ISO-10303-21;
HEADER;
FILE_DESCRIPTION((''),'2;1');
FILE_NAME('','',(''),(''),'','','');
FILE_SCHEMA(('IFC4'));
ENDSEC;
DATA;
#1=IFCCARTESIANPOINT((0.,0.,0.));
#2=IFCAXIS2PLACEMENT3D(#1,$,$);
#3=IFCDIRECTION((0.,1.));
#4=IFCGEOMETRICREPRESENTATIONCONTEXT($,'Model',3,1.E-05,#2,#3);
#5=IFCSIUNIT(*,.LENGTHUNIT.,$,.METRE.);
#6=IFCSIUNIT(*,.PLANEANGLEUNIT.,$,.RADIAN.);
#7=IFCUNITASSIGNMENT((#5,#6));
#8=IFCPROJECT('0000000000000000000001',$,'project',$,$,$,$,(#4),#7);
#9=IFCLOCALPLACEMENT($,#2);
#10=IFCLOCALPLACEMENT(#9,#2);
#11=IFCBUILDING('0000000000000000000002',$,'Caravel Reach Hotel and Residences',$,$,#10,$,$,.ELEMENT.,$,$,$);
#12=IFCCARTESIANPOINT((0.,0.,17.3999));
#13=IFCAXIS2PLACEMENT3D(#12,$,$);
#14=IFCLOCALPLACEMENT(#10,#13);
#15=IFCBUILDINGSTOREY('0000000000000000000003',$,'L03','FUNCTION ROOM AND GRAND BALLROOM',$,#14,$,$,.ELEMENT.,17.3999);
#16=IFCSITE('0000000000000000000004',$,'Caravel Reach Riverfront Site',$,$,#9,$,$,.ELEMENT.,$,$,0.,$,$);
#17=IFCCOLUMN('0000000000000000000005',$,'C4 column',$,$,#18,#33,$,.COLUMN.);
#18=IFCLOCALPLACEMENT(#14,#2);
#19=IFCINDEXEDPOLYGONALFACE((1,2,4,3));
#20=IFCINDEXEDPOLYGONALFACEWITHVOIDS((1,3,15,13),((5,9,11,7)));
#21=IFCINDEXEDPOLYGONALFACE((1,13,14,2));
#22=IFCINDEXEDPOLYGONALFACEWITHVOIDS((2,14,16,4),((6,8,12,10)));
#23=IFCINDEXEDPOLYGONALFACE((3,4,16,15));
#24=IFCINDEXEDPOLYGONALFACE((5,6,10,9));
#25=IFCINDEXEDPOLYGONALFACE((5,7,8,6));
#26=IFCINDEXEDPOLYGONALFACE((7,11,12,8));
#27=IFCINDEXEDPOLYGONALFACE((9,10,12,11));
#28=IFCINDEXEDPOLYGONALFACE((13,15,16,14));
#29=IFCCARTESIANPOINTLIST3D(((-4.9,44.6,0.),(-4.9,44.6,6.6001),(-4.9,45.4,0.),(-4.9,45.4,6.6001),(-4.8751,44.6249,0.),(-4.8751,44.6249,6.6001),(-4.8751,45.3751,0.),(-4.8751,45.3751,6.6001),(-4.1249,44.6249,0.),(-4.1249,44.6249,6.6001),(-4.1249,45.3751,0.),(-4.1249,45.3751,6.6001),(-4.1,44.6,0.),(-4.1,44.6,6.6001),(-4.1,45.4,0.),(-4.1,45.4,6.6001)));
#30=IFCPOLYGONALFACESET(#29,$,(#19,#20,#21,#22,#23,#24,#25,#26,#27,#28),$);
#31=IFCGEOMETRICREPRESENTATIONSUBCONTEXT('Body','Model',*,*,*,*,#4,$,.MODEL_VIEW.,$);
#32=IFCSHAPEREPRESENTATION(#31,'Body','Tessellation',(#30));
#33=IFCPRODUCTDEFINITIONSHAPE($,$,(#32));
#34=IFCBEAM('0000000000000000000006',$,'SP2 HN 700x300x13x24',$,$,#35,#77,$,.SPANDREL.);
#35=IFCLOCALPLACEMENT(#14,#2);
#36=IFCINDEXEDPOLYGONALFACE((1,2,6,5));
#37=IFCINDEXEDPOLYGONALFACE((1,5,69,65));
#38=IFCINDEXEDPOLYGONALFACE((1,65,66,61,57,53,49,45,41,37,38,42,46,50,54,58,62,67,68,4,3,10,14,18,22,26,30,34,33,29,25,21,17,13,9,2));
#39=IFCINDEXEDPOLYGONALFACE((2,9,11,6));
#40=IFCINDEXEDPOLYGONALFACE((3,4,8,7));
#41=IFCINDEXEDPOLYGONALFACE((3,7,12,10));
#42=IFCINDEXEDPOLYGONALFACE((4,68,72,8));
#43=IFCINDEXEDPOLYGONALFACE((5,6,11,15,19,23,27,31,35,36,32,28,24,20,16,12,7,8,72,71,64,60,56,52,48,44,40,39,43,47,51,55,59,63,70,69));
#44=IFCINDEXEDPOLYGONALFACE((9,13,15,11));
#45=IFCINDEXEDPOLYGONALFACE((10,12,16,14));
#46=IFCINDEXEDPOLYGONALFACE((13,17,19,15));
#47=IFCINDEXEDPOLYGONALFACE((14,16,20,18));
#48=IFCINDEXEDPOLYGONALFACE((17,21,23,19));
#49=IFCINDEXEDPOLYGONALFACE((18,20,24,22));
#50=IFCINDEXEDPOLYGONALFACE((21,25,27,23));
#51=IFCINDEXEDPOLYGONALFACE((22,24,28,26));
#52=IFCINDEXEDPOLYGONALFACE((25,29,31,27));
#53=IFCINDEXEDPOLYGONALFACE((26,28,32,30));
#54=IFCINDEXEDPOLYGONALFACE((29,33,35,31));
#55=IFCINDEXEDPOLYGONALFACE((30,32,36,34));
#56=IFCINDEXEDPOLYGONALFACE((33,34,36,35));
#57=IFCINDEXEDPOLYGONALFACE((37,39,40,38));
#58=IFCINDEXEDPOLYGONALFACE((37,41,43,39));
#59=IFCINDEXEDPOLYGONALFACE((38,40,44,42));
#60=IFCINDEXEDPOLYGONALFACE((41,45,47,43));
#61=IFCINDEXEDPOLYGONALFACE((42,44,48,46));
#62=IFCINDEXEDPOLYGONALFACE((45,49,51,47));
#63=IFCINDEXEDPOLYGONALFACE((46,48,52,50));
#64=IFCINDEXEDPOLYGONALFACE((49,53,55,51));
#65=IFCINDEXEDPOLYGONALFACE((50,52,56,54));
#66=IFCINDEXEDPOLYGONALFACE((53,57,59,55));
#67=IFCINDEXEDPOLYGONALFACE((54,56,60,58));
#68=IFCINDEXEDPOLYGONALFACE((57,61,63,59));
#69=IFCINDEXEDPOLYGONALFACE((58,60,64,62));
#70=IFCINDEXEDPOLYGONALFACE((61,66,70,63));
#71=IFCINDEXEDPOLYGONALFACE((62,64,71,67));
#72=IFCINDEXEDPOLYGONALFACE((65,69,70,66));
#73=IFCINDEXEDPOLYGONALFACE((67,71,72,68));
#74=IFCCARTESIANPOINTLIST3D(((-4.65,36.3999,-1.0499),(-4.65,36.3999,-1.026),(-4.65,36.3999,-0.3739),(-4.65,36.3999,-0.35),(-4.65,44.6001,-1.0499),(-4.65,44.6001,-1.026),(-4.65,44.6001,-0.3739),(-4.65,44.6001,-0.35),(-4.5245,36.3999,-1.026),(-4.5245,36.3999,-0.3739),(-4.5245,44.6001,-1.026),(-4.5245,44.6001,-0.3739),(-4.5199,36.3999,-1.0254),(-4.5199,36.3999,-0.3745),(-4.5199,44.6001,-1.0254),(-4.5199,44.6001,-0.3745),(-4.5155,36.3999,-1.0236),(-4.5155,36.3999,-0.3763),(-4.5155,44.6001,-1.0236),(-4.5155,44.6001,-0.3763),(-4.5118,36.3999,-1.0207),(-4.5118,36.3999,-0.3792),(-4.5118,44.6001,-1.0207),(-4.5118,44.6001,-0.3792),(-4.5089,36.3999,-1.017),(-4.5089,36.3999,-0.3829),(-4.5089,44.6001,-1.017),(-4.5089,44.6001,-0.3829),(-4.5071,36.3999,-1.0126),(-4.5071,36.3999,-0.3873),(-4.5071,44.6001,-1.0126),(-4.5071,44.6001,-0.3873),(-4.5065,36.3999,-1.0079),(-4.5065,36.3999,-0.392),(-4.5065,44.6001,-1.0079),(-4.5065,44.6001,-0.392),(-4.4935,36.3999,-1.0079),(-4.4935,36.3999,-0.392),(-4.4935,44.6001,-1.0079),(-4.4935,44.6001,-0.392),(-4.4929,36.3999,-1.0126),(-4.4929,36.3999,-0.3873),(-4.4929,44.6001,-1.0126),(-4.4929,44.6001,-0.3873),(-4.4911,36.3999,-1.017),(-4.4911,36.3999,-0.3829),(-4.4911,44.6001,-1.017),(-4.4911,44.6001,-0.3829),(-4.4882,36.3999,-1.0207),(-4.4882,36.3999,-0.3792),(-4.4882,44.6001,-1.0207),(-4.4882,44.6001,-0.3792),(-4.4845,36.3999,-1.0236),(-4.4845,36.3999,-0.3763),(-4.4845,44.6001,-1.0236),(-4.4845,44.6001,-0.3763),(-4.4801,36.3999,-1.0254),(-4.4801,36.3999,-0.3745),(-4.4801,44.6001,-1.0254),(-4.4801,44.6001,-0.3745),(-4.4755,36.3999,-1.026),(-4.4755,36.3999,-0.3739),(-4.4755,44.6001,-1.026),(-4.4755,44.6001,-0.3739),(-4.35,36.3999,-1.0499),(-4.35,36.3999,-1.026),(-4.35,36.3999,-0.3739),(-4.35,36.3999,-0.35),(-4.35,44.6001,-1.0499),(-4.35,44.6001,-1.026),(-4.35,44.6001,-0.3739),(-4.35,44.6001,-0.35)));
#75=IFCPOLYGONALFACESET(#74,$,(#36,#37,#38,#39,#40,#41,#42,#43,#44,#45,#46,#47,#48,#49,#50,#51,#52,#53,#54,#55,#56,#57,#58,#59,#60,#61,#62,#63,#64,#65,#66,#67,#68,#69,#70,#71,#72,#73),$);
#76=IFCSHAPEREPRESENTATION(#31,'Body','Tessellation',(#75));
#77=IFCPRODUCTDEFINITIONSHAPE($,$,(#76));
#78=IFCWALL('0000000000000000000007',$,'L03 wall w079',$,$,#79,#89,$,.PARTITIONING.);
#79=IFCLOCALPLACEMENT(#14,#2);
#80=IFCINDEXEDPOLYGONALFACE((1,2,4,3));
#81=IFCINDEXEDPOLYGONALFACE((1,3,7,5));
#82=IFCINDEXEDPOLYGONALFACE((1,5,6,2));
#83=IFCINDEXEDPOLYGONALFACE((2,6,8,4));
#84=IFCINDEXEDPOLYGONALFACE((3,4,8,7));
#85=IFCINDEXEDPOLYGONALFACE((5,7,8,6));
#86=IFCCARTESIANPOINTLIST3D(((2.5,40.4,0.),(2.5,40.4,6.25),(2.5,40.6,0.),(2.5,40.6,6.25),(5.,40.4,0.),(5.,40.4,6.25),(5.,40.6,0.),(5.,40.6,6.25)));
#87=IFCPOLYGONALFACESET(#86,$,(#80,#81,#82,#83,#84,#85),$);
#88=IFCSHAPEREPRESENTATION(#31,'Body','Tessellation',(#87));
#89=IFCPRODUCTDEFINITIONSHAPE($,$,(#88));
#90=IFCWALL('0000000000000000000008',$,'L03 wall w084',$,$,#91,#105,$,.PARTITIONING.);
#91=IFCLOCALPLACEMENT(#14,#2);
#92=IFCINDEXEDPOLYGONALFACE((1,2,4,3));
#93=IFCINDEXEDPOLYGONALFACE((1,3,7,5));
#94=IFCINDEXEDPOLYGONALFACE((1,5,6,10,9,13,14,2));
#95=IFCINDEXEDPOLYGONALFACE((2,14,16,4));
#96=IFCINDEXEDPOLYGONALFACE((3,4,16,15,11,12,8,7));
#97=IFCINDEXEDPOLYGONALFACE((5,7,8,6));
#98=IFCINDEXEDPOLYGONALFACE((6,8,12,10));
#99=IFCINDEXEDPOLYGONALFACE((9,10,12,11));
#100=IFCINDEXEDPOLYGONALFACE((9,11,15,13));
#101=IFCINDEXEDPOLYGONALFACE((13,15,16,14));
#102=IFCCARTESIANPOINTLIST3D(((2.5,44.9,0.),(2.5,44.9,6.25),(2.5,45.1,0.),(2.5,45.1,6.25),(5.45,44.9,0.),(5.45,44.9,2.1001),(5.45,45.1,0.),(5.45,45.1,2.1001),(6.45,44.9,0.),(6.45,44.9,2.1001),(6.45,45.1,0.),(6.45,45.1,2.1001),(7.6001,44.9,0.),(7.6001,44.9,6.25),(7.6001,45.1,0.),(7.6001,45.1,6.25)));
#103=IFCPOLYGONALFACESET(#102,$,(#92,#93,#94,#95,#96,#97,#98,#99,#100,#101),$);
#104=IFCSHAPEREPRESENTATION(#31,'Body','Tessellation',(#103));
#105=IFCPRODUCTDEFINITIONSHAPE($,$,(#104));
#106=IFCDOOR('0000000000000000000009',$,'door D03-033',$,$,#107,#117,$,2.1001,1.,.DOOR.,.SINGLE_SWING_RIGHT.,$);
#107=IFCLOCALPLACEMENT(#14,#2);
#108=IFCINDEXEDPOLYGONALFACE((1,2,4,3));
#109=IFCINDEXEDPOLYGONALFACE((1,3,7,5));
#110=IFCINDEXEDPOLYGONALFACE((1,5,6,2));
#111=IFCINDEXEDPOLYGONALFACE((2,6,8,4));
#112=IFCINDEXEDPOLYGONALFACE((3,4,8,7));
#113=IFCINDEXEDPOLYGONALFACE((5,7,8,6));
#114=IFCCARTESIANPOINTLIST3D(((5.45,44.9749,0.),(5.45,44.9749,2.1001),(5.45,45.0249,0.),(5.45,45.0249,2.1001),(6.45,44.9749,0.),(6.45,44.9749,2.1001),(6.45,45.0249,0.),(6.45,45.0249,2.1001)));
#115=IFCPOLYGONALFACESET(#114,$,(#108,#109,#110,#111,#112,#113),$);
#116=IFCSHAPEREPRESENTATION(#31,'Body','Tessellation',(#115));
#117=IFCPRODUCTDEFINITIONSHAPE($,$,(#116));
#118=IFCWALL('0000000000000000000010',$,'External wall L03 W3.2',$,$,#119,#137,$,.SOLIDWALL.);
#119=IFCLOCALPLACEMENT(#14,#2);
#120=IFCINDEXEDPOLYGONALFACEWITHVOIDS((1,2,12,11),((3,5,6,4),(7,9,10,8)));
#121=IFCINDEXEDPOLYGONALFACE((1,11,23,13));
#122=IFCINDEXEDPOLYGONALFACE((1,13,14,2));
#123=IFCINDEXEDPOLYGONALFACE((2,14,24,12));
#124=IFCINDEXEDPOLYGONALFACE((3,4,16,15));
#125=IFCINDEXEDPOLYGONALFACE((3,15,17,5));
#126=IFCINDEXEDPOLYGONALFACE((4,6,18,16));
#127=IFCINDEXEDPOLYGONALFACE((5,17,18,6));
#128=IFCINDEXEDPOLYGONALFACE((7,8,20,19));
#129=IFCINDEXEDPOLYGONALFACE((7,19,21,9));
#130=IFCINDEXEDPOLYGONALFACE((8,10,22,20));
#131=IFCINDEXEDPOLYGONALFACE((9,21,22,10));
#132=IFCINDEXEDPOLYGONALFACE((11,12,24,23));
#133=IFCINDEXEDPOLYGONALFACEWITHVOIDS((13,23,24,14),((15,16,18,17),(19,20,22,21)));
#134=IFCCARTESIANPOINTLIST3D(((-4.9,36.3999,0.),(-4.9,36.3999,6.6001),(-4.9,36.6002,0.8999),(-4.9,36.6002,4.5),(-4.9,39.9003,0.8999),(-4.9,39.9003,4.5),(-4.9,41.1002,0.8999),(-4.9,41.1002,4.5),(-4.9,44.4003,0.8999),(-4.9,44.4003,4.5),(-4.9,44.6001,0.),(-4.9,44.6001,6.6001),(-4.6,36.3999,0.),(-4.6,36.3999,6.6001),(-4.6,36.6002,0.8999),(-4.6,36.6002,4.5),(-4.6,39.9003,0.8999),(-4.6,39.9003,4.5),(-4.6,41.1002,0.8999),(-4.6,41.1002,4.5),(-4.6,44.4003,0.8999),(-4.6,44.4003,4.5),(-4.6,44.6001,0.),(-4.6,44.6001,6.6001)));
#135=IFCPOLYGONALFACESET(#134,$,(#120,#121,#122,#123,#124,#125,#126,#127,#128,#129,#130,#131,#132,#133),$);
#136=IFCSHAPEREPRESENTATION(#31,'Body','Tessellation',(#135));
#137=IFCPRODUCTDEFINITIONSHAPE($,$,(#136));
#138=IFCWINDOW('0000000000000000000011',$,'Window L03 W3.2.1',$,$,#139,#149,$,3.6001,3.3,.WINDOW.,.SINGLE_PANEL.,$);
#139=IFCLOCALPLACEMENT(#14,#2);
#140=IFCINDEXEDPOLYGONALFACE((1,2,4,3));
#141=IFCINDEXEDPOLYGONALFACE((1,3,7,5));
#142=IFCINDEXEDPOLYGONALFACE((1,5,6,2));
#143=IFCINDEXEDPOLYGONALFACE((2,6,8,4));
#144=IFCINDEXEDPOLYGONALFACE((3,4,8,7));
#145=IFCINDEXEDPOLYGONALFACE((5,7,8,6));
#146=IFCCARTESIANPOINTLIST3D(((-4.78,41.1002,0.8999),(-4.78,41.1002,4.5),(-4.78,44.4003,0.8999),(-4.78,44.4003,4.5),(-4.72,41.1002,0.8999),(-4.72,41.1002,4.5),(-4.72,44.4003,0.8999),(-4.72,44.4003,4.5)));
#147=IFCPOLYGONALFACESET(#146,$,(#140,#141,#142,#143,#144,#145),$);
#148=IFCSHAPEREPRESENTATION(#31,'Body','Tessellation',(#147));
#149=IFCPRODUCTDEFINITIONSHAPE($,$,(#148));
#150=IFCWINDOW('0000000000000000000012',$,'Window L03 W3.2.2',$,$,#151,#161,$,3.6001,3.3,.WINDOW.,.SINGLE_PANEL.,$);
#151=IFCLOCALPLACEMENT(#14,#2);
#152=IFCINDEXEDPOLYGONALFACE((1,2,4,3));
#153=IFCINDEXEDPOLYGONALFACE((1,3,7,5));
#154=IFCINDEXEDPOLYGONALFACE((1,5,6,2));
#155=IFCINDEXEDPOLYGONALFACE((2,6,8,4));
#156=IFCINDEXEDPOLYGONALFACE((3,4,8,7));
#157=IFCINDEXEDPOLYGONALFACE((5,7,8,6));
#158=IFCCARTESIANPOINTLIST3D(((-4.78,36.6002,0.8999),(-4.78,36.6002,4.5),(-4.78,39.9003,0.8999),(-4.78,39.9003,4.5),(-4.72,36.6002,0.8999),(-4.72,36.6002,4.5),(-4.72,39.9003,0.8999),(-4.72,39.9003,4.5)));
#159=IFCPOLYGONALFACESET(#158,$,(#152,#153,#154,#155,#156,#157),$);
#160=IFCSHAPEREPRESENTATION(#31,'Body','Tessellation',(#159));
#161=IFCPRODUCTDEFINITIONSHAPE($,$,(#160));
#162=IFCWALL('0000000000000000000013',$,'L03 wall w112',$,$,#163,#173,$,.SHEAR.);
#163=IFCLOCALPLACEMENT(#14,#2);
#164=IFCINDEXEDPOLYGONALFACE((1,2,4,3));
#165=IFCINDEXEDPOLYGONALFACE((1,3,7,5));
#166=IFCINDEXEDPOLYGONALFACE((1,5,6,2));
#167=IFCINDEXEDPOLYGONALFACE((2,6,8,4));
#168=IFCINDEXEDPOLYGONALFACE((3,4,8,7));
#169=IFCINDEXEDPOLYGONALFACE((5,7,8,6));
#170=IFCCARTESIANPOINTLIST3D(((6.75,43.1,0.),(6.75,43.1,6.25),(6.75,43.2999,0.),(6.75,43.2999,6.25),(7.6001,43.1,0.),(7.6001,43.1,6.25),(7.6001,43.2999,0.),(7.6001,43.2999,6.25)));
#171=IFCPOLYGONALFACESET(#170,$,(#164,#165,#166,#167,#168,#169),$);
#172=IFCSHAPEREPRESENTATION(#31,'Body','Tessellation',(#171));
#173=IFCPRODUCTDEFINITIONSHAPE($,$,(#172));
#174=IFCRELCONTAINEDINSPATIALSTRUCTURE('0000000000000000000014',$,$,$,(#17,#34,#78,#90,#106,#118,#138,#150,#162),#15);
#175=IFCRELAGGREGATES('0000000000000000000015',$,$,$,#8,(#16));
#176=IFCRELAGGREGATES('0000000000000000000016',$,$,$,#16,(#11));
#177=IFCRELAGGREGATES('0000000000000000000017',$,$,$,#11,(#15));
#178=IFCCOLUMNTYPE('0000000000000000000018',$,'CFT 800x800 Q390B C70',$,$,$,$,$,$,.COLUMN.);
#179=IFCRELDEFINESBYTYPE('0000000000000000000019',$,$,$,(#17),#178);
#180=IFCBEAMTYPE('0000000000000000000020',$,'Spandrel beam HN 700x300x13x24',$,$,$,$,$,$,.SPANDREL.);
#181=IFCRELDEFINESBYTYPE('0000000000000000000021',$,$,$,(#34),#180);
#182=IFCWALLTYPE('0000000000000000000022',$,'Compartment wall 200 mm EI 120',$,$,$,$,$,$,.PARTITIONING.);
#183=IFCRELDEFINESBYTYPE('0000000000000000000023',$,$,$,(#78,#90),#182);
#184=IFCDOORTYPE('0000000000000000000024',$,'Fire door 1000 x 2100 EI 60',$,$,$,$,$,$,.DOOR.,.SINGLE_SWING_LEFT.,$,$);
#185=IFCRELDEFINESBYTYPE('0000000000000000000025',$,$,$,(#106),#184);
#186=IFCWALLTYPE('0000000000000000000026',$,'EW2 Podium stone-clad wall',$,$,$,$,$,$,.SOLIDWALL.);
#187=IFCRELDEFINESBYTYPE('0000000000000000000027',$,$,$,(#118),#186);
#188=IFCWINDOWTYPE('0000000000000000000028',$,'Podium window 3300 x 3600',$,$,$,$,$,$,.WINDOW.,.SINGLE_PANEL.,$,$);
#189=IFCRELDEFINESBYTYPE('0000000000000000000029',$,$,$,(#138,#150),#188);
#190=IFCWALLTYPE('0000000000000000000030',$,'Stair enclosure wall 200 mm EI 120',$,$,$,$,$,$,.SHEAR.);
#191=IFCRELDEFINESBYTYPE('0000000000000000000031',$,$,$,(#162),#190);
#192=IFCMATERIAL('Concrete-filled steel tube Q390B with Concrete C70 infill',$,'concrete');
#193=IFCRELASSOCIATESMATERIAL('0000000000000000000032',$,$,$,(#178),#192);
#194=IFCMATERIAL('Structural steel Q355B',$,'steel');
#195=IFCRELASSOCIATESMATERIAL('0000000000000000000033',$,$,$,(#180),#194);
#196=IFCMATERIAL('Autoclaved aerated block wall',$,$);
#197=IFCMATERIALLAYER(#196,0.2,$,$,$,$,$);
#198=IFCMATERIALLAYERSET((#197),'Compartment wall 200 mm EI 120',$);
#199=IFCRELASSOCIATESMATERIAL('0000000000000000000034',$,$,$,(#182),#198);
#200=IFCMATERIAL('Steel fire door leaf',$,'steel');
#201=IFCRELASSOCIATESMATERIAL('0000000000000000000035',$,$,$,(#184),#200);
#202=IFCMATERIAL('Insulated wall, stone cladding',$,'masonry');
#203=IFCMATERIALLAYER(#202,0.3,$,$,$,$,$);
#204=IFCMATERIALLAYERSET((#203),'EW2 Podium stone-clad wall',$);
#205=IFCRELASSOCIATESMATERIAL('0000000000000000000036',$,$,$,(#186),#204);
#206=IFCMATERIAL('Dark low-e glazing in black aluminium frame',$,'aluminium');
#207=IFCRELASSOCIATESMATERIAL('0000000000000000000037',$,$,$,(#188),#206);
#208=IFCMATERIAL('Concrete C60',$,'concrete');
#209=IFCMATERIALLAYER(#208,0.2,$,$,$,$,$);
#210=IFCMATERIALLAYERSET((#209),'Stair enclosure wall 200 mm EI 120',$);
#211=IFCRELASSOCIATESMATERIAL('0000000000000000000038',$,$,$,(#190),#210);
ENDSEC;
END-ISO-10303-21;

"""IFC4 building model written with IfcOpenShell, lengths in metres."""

from ifc_helpers import new_model, si_unit, direction, frame, frame_2d, origin, origin_2d, place, context, subcontext, project, spatial, rectangle, hollow_rectangle, i_section, extrude, material, layer, layer_set, material_profile, profile_set, type_object, element, fill, save


model = new_model("IFC4")

# Units and contexts
model_context = context("Model", 3, precision=1e-05, world=origin(), true_north=direction((0.0, 1.0)))
body_context = subcontext(model_context, "Body", "Model", "MODEL_VIEW")
ifc_project = project(units=[si_unit("LENGTHUNIT", "METRE"), si_unit("PLANEANGLEUNIT", "RADIAN")], contexts=[model_context])

# Site, building, storey
site_placement = place(None, origin())
site = spatial("IfcSite", under=ifc_project, at=site_placement, Name="Caravel Reach Riverfront Site", CompositionType="ELEMENT", RefElevation=0.0)
building_placement = place(site_placement, origin())
building = spatial("IfcBuilding", under=site, at=building_placement, Name="Caravel Reach Hotel and Residences", CompositionType="ELEMENT")
storey_placement = place(building_placement, frame((0.0, 0.0, 17.3999)))
storey = spatial("IfcBuildingStorey", under=building, at=storey_placement, Name="L03", Description="FUNCTION ROOM AND GRAND BALLROOM", CompositionType="ELEMENT", Elevation=17.3999)

# Column
ifc_material_1 = material(Name="Concrete-filled steel tube Q390B with Concrete C70 infill", Category="concrete")
ifc_material_profile_1 = material_profile(ifc_material_1, hollow_rectangle(XDim=0.8, YDim=0.8, WallThickness=0.0249, at=origin_2d()), Name="RHS 800x800x25")
ifc_profile_set_1 = profile_set([ifc_material_profile_1], Name="Concrete-filled steel tube Q390B with Concrete C70 infill")
column_type = type_object("IfcColumnType", Name="CFT 800x800 Q390B C70", PredefinedType="COLUMN", material=ifc_profile_set_1)
column_placement = place(storey_placement, frame((-4.5, 45.0, 0.0), z_axis=(0.0, 0.0, 1.0), x_axis=(1.0, 0.0, 0.0)))
element("IfcColumn", 1, at=column_placement, inside=storey, type_object=column_type, Name="C4 column", PredefinedType="COLUMN", context=body_context, shape_type="SweptSolid", body=[
    extrude(hollow_rectangle(XDim=0.8, YDim=0.8, WallThickness=0.0249, at=origin_2d()), origin(), (0.0, 0.0, 1.0), 6.6001),
])

# Beam
ifc_material_2 = material(Name="Structural steel Q355B", Category="steel")
ifc_material_profile_2 = material_profile(ifc_material_2, i_section(OverallWidth=0.3, OverallDepth=0.7, WebThickness=0.0129, FlangeThickness=0.0239, FilletRadius=0.0181, at=origin_2d()), Name="HN 700x300x13x24")
ifc_profile_set_2 = profile_set([ifc_material_profile_2], Name="Structural steel Q355B")
beam_type = type_object("IfcBeamType", Name="Spandrel beam HN 700x300x13x24", PredefinedType="SPANDREL", material=ifc_profile_set_2)
beam_placement = place(storey_placement, frame((-4.5, 44.6001, -0.7), z_axis=(0.0, -1.0, 0.0), x_axis=(1.0, 0.0, 0.0)))
element("IfcBeam", 2, at=beam_placement, inside=storey, type_object=beam_type, Name="SP2 HN 700x300x13x24", PredefinedType="SPANDREL", context=body_context, shape_type="SweptSolid", body=[
    extrude(i_section(OverallWidth=0.3, OverallDepth=0.7, WebThickness=0.0129, FlangeThickness=0.0239, FilletRadius=0.0181, at=origin_2d()), origin(), (0.0, 0.0, 1.0), 8.2002),
])

# Wall
ifc_material_3 = material(Name="Autoclaved aerated block wall")
ifc_layer_1 = layer(ifc_material_3, 0.2)
ifc_layer_set_1 = layer_set([ifc_layer_1], Name="Compartment wall 200 mm EI 120")
wall_type_1 = type_object("IfcWallType", Name="Compartment wall 200 mm EI 120", PredefinedType="PARTITIONING", material=ifc_layer_set_1)
wall_1_placement = place(storey_placement, frame((2.5, 40.5, 0.0), z_axis=(0.0, 0.0, 1.0), x_axis=(1.0, 0.0, 0.0)))
element("IfcWall", 3, at=wall_1_placement, inside=storey, type_object=wall_type_1, Name="L03 wall w079", PredefinedType="PARTITIONING", context=body_context, shape_type="SweptSolid", body=[
    extrude(rectangle(XDim=2.5, YDim=0.2, at=frame_2d((1.25, 0.0))), origin(), (0.0, 0.0, 1.0), 6.25),
])

# Wall, opening, door
wall_2_placement = place(storey_placement, frame((2.5, 45.0, 0.0), z_axis=(0.0, 0.0, 1.0), x_axis=(1.0, 0.0, 0.0)))
wall_2 = element("IfcWall", 4, at=wall_2_placement, inside=storey, type_object=wall_type_1, Name="L03 wall w084", PredefinedType="PARTITIONING", context=body_context, shape_type="SweptSolid", body=[
    extrude(rectangle(XDim=5.1001, YDim=0.2, at=frame_2d((2.55, 0.0))), origin(), (0.0, 0.0, 1.0), 6.25),
])
opening_1_placement = place(wall_2_placement, frame((2.95, 0.0, 0.0)))
opening_1 = element("IfcOpeningElement", 5, at=opening_1_placement, cuts=wall_2, PredefinedType="OPENING", context=body_context, shape_type="SweptSolid", body=[
    extrude(rectangle(XDim=1.0, YDim=2.1001, at=frame_2d((0.5, 1.05))), frame((0.0, 0.1099, 0.0), z_axis=(0.0, -1.0, 0.0), x_axis=(1.0, 0.0, 0.0)), (0.0, 0.0, 1.0), 0.22),
])
ifc_material_4 = material(Name="Steel fire door leaf", Category="steel")
door_type = type_object("IfcDoorType", Name="Fire door 1000 x 2100 EI 60", OperationType="SINGLE_SWING_LEFT", PredefinedType="DOOR", material=ifc_material_4)
door_placement = place(opening_1_placement, origin())
door = element("IfcDoor", 6, at=door_placement, inside=storey, type_object=door_type, Name="door D03-033", OperationType="SINGLE_SWING_RIGHT", OverallHeight=2.1001, OverallWidth=1.0, PredefinedType="DOOR", context=body_context, shape_type="SweptSolid", body=[
    extrude(rectangle(XDim=1.0, YDim=2.1001, at=frame_2d((0.5, 1.05))), frame((0.0, 0.0249, 0.0), z_axis=(0.0, -1.0, 0.0), x_axis=(1.0, 0.0, 0.0)), (0.0, 0.0, 1.0), 0.05),
])
fill(opening_1, door)

# Wall, openings, windows
ifc_material_5 = material(Name="Insulated wall, stone cladding", Category="masonry")
ifc_layer_2 = layer(ifc_material_5, 0.3)
ifc_layer_set_2 = layer_set([ifc_layer_2], Name="EW2 Podium stone-clad wall")
wall_type_2 = type_object("IfcWallType", Name="EW2 Podium stone-clad wall", PredefinedType="SOLIDWALL", material=ifc_layer_set_2)
wall_3_placement = place(storey_placement, frame((-4.75, 44.6001, 0.0), z_axis=(0.0, 0.0, 1.0), x_axis=(0.0, -1.0, 0.0)))
wall_3 = element("IfcWall", 7, at=wall_3_placement, inside=storey, type_object=wall_type_2, Name="External wall L03 W3.2", PredefinedType="SOLIDWALL", context=body_context, shape_type="SweptSolid", body=[
    extrude(rectangle(XDim=8.2002, YDim=0.3, at=frame_2d((4.1001, 0.0))), origin(), (0.0, 0.0, 1.0), 6.6001),
])
opening_2_placement = place(wall_3_placement, frame((0.2, 0.0, 0.8999)))
opening_2 = element("IfcOpeningElement", 8, at=opening_2_placement, cuts=wall_3, PredefinedType="OPENING", context=body_context, shape_type="SweptSolid", body=[
    extrude(rectangle(XDim=3.3, YDim=3.6001, at=frame_2d((1.6499, 1.8))), frame((0.0, 0.1599, 0.0), z_axis=(0.0, -1.0, 0.0), x_axis=(1.0, 0.0, 0.0)), (0.0, 0.0, 1.0), 0.3201),
])
opening_3_placement = place(wall_3_placement, frame((4.7, 0.0, 0.8999)))
opening_3 = element("IfcOpeningElement", 9, at=opening_3_placement, cuts=wall_3, PredefinedType="OPENING", context=body_context, shape_type="SweptSolid", body=[
    extrude(rectangle(XDim=3.3, YDim=3.6001, at=frame_2d((1.6499, 1.8))), frame((0.0, 0.1599, 0.0), z_axis=(0.0, -1.0, 0.0), x_axis=(1.0, 0.0, 0.0)), (0.0, 0.0, 1.0), 0.3201),
])
ifc_material_6 = material(Name="Dark low-e glazing in black aluminium frame", Category="aluminium")
window_type = type_object("IfcWindowType", Name="Podium window 3300 x 3600", PartitioningType="SINGLE_PANEL", PredefinedType="WINDOW", material=ifc_material_6)
window_1_placement = place(opening_2_placement, origin())
window_1 = element("IfcWindow", 10, at=window_1_placement, inside=storey, type_object=window_type, Name="Window L03 W3.2.1", OverallHeight=3.6001, OverallWidth=3.3, PartitioningType="SINGLE_PANEL", PredefinedType="WINDOW", context=body_context, shape_type="SweptSolid", body=[
    extrude(rectangle(XDim=3.3, YDim=3.6001, at=frame_2d((1.6499, 1.8))), frame((0.0, 0.03, 0.0), z_axis=(0.0, -1.0, 0.0), x_axis=(1.0, 0.0, 0.0)), (0.0, 0.0, 1.0), 0.0601),
])
fill(opening_2, window_1)
window_2_placement = place(opening_3_placement, origin())
window_2 = element("IfcWindow", 11, at=window_2_placement, inside=storey, type_object=window_type, Name="Window L03 W3.2.2", OverallHeight=3.6001, OverallWidth=3.3, PartitioningType="SINGLE_PANEL", PredefinedType="WINDOW", context=body_context, shape_type="SweptSolid", body=[
    extrude(rectangle(XDim=3.3, YDim=3.6001, at=frame_2d((1.6499, 1.8))), frame((0.0, 0.03, 0.0), z_axis=(0.0, -1.0, 0.0), x_axis=(1.0, 0.0, 0.0)), (0.0, 0.0, 1.0), 0.0601),
])
fill(opening_3, window_2)

# Wall
ifc_material_7 = material(Name="Concrete C60", Category="concrete")
ifc_layer_3 = layer(ifc_material_7, 0.2)
ifc_layer_set_3 = layer_set([ifc_layer_3], Name="Stair enclosure wall 200 mm EI 120")
wall_type_3 = type_object("IfcWallType", Name="Stair enclosure wall 200 mm EI 120", PredefinedType="SHEAR", material=ifc_layer_set_3)
wall_4_placement = place(storey_placement, frame((6.75, 43.2, 0.0), z_axis=(0.0, 0.0, 1.0), x_axis=(1.0, 0.0, 0.0)))
element("IfcWall", 12, at=wall_4_placement, inside=storey, type_object=wall_type_3, Name="L03 wall w112", PredefinedType="SHEAR", context=body_context, shape_type="SweptSolid", body=[
    extrude(rectangle(XDim=0.8501, YDim=0.2, at=frame_2d((0.425, 0.0))), origin(), (0.0, 0.0, 1.0), 6.25),
])

save(model, "model.ifc")
